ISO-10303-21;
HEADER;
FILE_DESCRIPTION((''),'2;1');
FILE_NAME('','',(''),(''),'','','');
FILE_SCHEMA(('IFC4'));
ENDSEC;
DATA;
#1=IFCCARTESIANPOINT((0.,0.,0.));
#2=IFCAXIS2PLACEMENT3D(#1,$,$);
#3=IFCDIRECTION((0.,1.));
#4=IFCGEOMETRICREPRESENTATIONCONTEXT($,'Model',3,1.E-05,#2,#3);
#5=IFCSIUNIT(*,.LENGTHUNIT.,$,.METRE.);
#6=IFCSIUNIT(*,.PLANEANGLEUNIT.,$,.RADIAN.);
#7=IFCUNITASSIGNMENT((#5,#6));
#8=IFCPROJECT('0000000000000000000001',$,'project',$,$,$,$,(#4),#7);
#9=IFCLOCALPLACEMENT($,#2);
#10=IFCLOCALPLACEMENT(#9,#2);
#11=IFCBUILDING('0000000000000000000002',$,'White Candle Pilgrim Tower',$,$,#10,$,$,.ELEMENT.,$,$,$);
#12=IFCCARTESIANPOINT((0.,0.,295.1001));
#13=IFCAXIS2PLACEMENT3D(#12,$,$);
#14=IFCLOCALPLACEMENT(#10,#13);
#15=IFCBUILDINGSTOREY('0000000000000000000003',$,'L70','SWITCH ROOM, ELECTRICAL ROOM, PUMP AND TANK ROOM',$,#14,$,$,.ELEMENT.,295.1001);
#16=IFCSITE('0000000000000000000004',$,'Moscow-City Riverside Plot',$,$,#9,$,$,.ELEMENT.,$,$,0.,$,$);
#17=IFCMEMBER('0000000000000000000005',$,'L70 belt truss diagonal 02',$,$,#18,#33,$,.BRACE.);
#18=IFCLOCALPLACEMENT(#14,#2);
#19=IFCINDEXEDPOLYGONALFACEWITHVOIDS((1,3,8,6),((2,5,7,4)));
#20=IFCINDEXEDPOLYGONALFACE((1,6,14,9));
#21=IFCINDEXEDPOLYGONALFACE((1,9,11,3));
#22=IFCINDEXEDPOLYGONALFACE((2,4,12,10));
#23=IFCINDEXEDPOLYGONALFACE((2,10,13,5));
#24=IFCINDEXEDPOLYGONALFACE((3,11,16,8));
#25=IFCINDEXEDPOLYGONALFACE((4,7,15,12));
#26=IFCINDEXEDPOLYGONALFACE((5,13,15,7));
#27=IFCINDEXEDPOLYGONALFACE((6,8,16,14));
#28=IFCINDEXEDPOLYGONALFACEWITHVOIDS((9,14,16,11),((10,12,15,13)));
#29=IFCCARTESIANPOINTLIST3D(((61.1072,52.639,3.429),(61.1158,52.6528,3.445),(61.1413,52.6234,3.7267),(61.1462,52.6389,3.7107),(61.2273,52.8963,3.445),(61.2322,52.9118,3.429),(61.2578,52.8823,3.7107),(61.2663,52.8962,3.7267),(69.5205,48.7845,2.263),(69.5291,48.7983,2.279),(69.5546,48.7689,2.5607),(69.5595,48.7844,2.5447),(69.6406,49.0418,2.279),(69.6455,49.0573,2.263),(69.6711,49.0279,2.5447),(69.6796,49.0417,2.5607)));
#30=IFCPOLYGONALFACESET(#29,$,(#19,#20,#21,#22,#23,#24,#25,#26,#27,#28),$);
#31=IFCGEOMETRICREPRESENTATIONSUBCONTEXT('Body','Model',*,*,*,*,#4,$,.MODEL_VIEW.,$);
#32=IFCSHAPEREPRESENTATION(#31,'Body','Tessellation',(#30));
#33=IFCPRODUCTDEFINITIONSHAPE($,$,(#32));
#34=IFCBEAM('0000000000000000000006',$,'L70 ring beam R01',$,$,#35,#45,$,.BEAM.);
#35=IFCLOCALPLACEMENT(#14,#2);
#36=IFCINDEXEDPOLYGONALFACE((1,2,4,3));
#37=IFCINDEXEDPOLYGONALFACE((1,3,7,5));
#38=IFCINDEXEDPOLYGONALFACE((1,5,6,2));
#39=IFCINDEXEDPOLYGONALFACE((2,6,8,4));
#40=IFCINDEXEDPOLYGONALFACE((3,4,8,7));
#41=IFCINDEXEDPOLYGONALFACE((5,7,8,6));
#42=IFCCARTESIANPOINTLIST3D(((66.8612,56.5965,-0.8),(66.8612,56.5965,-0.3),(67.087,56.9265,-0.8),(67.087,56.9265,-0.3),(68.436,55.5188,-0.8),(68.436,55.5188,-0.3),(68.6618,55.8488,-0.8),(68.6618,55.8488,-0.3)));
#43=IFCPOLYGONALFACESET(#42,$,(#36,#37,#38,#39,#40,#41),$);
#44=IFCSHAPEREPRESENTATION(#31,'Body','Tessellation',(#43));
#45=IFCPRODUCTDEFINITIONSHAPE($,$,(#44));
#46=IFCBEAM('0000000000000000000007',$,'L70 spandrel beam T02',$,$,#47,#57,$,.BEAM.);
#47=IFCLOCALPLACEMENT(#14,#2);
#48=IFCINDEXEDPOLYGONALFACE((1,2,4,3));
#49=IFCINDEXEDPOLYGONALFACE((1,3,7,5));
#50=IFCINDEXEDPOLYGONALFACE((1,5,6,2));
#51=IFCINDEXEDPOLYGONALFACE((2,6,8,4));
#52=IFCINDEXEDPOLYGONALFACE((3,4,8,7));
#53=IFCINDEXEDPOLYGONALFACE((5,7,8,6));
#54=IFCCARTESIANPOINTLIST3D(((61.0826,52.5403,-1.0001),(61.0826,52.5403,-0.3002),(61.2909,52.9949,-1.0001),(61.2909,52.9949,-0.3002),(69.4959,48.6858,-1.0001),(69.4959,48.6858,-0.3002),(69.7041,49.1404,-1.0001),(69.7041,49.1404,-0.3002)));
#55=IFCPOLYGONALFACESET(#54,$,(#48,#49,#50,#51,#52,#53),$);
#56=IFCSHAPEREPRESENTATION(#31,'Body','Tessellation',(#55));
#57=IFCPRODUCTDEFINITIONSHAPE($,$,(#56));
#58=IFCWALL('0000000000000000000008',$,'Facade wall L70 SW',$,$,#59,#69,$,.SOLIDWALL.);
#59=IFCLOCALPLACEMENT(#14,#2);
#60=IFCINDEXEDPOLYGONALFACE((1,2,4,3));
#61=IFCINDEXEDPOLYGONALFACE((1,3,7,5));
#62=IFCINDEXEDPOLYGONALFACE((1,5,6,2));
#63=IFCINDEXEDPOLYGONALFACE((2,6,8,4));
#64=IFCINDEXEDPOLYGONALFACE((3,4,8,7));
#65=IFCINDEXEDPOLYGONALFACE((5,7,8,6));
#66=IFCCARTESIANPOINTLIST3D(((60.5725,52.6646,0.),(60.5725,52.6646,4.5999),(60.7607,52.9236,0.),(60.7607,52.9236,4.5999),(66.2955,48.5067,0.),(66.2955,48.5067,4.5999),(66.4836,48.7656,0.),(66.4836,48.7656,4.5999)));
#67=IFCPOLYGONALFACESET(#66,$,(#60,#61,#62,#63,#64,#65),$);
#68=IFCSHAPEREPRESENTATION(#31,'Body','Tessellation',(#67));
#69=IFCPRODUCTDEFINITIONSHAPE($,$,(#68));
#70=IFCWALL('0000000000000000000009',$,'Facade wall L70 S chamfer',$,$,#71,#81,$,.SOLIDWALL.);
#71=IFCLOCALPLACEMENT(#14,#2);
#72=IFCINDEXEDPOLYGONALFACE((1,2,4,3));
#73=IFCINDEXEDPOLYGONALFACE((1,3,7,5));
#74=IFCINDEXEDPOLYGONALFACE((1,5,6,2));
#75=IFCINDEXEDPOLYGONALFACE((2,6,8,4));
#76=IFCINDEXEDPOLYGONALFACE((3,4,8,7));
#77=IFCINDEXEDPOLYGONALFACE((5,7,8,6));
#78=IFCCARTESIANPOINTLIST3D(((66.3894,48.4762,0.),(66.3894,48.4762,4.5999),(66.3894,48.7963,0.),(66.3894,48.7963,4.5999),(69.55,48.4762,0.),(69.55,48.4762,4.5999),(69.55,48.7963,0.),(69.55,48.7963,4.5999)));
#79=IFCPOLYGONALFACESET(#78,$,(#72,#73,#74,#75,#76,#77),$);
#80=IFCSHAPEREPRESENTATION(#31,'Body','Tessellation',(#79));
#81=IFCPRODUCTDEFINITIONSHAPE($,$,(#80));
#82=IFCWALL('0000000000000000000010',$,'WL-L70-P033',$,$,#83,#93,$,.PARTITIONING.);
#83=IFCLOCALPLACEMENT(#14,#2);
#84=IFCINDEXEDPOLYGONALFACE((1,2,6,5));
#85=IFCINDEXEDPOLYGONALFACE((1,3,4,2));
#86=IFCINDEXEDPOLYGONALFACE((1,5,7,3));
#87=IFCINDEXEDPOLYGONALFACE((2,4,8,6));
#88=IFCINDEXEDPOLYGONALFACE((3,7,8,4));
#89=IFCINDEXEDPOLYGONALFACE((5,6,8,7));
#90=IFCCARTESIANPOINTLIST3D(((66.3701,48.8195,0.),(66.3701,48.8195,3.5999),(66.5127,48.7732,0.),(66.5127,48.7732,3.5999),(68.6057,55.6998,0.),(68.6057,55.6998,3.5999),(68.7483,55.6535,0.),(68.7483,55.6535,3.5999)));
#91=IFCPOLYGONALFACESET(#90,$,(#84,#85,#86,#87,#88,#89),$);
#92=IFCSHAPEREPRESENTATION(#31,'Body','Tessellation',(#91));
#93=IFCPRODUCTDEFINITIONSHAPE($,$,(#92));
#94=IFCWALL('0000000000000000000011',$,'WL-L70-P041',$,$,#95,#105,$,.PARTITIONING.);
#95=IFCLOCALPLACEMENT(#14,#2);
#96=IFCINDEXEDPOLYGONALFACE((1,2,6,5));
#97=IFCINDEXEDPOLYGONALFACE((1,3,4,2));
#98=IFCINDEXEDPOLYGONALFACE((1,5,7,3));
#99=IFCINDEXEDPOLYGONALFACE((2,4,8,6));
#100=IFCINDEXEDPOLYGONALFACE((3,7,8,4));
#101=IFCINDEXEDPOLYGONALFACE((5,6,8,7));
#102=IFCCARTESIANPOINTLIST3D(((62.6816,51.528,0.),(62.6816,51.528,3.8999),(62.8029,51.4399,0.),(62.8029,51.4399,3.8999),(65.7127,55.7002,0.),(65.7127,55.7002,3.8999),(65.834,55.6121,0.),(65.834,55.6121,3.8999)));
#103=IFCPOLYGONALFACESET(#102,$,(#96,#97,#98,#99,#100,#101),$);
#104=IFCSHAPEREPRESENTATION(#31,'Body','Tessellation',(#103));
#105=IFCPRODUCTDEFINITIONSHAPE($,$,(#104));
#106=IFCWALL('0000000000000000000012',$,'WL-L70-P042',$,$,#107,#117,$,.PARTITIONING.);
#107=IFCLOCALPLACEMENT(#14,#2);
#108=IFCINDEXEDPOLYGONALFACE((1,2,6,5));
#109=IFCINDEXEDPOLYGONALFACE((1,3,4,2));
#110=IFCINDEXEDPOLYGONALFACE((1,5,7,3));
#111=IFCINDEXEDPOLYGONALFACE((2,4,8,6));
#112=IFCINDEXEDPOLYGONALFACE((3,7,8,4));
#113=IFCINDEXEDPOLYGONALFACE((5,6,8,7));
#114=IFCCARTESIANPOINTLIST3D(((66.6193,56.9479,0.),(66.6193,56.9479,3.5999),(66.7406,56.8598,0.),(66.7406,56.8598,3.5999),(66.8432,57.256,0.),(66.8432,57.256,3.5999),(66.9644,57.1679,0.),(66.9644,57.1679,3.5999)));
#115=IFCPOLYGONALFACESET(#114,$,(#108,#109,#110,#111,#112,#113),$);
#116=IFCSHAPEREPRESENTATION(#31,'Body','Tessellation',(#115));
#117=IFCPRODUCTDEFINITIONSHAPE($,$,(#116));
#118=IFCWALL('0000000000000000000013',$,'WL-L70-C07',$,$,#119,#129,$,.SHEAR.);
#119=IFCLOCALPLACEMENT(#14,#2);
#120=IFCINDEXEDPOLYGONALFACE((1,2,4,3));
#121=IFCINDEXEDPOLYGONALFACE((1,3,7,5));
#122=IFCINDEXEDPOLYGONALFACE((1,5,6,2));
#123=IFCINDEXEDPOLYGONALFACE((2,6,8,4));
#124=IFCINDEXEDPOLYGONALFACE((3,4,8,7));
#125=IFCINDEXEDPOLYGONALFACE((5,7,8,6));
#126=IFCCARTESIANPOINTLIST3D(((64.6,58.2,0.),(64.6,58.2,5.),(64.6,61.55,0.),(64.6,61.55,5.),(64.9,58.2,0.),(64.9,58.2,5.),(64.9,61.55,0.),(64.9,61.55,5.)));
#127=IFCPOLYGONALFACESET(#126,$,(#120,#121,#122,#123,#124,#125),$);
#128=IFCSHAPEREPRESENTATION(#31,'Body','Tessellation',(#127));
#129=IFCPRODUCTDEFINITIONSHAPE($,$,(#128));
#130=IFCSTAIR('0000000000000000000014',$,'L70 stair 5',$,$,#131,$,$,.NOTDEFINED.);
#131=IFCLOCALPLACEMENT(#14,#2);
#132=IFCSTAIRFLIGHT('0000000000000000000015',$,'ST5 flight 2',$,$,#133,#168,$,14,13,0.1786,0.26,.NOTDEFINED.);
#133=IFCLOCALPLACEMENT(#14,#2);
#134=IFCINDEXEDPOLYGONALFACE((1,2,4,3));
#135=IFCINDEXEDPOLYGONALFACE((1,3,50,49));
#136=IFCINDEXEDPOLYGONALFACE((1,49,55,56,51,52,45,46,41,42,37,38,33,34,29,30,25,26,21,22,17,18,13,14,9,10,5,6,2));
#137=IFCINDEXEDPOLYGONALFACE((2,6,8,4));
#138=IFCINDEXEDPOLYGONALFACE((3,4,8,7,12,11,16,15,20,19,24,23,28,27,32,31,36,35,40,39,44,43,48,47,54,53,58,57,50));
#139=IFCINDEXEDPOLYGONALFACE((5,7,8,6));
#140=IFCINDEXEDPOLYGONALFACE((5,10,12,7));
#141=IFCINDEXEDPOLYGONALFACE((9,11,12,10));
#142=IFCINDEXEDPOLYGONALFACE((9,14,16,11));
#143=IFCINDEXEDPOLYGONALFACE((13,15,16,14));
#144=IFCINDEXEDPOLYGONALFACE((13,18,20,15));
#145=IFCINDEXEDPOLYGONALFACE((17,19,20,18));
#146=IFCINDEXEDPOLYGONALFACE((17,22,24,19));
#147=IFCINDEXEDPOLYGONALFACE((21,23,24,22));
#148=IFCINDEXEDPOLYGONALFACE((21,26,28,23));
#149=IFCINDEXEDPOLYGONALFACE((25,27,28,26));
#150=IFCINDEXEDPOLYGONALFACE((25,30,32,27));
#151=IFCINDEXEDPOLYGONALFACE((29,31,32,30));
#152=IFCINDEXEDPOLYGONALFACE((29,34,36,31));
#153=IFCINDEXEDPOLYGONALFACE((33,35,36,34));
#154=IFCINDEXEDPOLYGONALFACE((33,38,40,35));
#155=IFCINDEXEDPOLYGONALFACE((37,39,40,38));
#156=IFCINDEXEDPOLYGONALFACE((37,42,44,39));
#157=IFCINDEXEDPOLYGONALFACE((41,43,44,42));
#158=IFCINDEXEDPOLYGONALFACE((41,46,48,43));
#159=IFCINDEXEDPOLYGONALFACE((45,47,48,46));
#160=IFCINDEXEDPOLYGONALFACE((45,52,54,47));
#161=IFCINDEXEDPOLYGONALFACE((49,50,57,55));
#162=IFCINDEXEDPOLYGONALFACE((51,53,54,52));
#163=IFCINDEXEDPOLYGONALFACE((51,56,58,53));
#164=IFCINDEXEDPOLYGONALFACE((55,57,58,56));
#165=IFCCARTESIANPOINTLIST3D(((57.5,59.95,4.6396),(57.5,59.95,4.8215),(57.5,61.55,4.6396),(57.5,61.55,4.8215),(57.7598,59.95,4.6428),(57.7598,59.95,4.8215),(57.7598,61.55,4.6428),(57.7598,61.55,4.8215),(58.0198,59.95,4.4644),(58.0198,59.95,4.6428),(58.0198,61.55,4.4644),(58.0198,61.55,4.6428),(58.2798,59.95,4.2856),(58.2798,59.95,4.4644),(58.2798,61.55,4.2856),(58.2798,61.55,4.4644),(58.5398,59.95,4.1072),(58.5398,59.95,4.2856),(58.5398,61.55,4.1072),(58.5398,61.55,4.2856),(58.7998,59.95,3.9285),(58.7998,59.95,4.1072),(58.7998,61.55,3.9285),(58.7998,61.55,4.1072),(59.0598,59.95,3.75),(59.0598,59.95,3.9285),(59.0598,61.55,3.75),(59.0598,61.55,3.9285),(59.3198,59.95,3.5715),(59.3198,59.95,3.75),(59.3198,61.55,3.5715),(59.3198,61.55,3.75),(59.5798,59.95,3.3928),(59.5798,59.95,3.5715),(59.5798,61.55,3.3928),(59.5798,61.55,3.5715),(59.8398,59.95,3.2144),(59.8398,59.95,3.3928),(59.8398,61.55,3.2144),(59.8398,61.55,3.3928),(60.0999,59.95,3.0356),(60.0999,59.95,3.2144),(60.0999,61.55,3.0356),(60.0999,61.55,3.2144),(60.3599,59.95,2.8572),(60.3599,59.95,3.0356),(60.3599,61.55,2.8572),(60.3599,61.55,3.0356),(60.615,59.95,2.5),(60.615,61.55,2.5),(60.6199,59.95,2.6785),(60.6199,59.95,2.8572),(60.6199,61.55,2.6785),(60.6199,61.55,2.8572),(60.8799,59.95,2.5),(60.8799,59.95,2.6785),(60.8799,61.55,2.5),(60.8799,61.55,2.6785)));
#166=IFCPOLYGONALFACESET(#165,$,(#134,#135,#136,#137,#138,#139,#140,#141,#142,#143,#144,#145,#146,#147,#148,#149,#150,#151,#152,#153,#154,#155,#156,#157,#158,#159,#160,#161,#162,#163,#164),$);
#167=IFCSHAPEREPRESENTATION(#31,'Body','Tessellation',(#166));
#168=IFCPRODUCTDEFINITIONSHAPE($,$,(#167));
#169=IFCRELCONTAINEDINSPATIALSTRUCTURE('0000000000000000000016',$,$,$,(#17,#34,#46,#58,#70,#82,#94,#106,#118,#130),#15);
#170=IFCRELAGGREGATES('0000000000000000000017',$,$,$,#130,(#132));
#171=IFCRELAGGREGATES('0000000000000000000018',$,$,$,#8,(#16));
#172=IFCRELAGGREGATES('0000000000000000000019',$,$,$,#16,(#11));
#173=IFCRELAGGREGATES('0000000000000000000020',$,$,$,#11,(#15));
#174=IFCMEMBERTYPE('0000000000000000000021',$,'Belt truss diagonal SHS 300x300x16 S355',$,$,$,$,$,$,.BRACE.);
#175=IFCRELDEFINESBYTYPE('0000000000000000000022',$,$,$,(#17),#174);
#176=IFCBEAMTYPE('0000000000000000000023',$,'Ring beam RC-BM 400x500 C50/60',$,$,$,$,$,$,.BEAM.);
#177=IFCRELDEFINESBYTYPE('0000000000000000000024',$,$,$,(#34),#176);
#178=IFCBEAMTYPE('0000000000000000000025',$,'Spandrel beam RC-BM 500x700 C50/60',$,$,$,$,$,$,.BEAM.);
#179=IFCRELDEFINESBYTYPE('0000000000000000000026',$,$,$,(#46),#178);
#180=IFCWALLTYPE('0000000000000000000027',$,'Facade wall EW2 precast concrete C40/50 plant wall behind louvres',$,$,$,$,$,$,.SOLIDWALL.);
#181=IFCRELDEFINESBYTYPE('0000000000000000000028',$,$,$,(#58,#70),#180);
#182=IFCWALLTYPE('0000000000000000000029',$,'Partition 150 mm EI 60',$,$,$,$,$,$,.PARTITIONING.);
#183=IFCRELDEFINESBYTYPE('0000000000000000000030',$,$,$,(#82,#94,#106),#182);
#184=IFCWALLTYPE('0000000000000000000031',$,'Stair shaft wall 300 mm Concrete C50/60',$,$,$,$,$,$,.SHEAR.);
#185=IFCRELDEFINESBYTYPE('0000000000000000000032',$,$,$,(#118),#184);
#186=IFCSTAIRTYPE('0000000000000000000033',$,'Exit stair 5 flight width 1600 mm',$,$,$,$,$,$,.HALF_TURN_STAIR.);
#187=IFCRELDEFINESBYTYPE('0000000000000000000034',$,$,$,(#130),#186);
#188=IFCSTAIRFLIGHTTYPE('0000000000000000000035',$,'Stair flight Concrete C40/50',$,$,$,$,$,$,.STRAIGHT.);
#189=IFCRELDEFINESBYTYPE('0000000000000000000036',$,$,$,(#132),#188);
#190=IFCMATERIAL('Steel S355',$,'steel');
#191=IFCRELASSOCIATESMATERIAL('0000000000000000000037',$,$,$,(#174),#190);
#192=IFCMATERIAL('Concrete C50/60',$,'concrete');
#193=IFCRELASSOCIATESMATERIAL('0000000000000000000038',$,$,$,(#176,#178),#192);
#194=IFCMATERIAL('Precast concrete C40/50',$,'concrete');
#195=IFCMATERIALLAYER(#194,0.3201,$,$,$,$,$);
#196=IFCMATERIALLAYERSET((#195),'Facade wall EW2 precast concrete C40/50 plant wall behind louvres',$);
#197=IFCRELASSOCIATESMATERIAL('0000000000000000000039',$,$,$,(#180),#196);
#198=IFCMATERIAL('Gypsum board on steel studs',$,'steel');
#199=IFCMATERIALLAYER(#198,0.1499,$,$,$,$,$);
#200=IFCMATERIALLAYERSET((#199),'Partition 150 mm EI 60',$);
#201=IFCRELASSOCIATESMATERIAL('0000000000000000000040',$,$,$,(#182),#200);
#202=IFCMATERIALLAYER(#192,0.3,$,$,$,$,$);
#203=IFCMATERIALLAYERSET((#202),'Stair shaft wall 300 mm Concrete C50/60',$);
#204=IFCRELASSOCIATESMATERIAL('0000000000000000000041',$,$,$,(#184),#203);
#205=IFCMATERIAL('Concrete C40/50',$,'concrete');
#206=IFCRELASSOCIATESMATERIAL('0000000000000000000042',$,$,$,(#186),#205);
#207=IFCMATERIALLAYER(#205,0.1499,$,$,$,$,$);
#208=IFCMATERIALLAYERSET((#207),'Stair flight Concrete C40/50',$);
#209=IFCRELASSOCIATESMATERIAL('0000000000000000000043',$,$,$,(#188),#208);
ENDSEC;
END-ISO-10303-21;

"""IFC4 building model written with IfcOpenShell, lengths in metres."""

from ifc_helpers import new_model, si_unit, direction, frame, frame_2d, origin, origin_2d, place, context, subcontext, project, spatial, polyline, rectangle, hollow_rectangle, outline, extrude, material, layer, layer_set, material_profile, profile_set, type_object, element, aggregate, save


model = new_model("IFC4")

# Units and contexts
model_context = context("Model", 3, precision=1e-05, world=origin(), true_north=direction((0.0, 1.0)))
body_context = subcontext(model_context, "Body", "Model", "MODEL_VIEW")
ifc_project = project(units=[si_unit("LENGTHUNIT", "METRE"), si_unit("PLANEANGLEUNIT", "RADIAN")], contexts=[model_context])

# Site, building, storey
site_placement = place(None, origin())
site = spatial("IfcSite", under=ifc_project, at=site_placement, Name="Moscow-City Riverside Plot", CompositionType="ELEMENT", RefElevation=0.0)
building_placement = place(site_placement, origin())
building = spatial("IfcBuilding", under=site, at=building_placement, Name="White Candle Pilgrim Tower", CompositionType="ELEMENT")
storey_placement = place(building_placement, frame((0.0, 0.0, 295.1001)))
storey = spatial("IfcBuildingStorey", under=building, at=storey_placement, Name="L70", Description="SWITCH ROOM, ELECTRICAL ROOM, PUMP AND TANK ROOM", CompositionType="ELEMENT", Elevation=295.1001)

# Member
ifc_material_1 = material(Name="Steel S355", Category="steel")
ifc_material_profile_1 = material_profile(ifc_material_1, hollow_rectangle(XDim=0.3, YDim=0.3, WallThickness=0.0161, at=origin_2d()), Name="SHS 300x300x16")
ifc_profile_set_1 = profile_set([ifc_material_profile_1], Name="Steel S355")
member_type_1 = type_object("IfcMemberType", Name="Belt truss diagonal SHS 300x300x16 S355", PredefinedType="BRACE", material=ifc_profile_set_1)
member_1_placement = place(storey_placement, frame((61.1868, 52.7676, 3.5779), z_axis=(0.901999, -0.413243, -0.125009), x_axis=(0.41651, 0.909131, 0.0)))
element("IfcMember", 1, at=member_1_placement, inside=storey, type_object=member_type_1, Name="L70 belt truss diagonal 02", PredefinedType="BRACE", context=body_context, shape_type="SweptSolid", body=[
    extrude(hollow_rectangle(XDim=0.3, YDim=0.3, WallThickness=0.0161, at=origin_2d()), origin(), (0.0, 0.0, 1.0), 9.3274),
])

# Beams
ifc_material_2 = material(Name="Concrete C50/60", Category="concrete")
ifc_material_profile_2 = material_profile(ifc_material_2, rectangle(XDim=0.3999, YDim=0.5, at=origin_2d()), Name="RC-BM 400x500")
ifc_profile_set_2 = profile_set([ifc_material_profile_2], Name="Concrete C50/60")
beam_type_1 = type_object("IfcBeamType", Name="Ring beam RC-BM 400x500 C50/60", PredefinedType="BEAM", material=ifc_profile_set_2)
beam_1_placement = place(storey_placement, frame((66.9741, 56.7615, -0.55), z_axis=(0.825257, -0.564757, 0.0), x_axis=(0.564757, 0.825257, 0.0)))
element("IfcBeam", 2, at=beam_1_placement, inside=storey, type_object=beam_type_1, Name="L70 ring beam R01", PredefinedType="BEAM", context=body_context, shape_type="SweptSolid", body=[
    extrude(rectangle(XDim=0.3999, YDim=0.5, at=origin_2d()), origin(), (0.0, 0.0, 1.0), 1.9082),
])
ifc_material_profile_3 = material_profile(ifc_material_2, rectangle(XDim=0.5, YDim=0.7, at=origin_2d()), Name="RC-BM 500x700")
ifc_profile_set_3 = profile_set([ifc_material_profile_3], Name="Concrete C50/60")
beam_type_2 = type_object("IfcBeamType", Name="Spandrel beam RC-BM 500x700 C50/60", PredefinedType="BEAM", material=ifc_profile_set_3)
beam_2_placement = place(storey_placement, frame((61.1868, 52.7676, -0.6501), z_axis=(0.909131, -0.41651, 0.0), x_axis=(0.41651, 0.909131, 0.0)))
element("IfcBeam", 3, at=beam_2_placement, inside=storey, type_object=beam_type_2, Name="L70 spandrel beam T02", PredefinedType="BEAM", context=body_context, shape_type="SweptSolid", body=[
    extrude(rectangle(XDim=0.5, YDim=0.7, at=origin_2d()), origin(), (0.0, 0.0, 1.0), 9.2542),
])

# Walls
ifc_material_3 = material(Name="Precast concrete C40/50", Category="concrete")
ifc_layer_1 = layer(ifc_material_3, 0.3201)
ifc_layer_set_1 = layer_set([ifc_layer_1], Name="Facade wall EW2 precast concrete C40/50 plant wall behind louvres")
wall_type_1 = type_object("IfcWallType", Name="Facade wall EW2 precast concrete C40/50 plant wall behind louvres", PredefinedType="SOLIDWALL", material=ifc_layer_set_1)
wall_1_placement = place(storey_placement, frame((60.6665, 52.7942, 0.0), z_axis=(0.0, 0.0, 1.0), x_axis=(0.809015, -0.587788, 0.0)))
element("IfcWall", 4, at=wall_1_placement, inside=storey, type_object=wall_type_1, Name="Facade wall L70 SW", PredefinedType="SOLIDWALL", context=body_context, shape_type="SweptSolid", body=[
    extrude(rectangle(XDim=7.074, YDim=0.3201, at=frame_2d((3.5371, 0.0))), origin(), (0.0, 0.0, 1.0), 4.5999),
])
wall_2_placement = place(storey_placement, frame((66.3894, 48.6362, 0.0), z_axis=(0.0, 0.0, 1.0), x_axis=(1.0, 0.0, 0.0)))
element("IfcWall", 5, at=wall_2_placement, inside=storey, type_object=wall_type_1, Name="Facade wall L70 S chamfer", PredefinedType="SOLIDWALL", context=body_context, shape_type="SweptSolid", body=[
    extrude(rectangle(XDim=3.1606, YDim=0.3201, at=frame_2d((1.5803, 0.0))), origin(), (0.0, 0.0, 1.0), 4.5999),
])
ifc_material_4 = material(Name="Gypsum board on steel studs", Category="steel")
ifc_layer_2 = layer(ifc_material_4, 0.1499)
ifc_layer_set_2 = layer_set([ifc_layer_2], Name="Partition 150 mm EI 60")
wall_type_2 = type_object("IfcWallType", Name="Partition 150 mm EI 60", PredefinedType="PARTITIONING", material=ifc_layer_set_2)
wall_3_placement = place(storey_placement, frame((66.4414, 48.7964, 0.0), z_axis=(0.0, 0.0, 1.0), x_axis=(0.30902, 0.951055, 0.0)))
element("IfcWall", 6, at=wall_3_placement, inside=storey, type_object=wall_type_2, Name="WL-L70-P033", PredefinedType="PARTITIONING", context=body_context, shape_type="SweptSolid", body=[
    extrude(rectangle(XDim=7.2344, YDim=0.1499, at=frame_2d((3.6172, 0.0))), origin(), (0.0, 0.0, 1.0), 3.5999),
])
wall_4_placement = place(storey_placement, frame((62.7422, 51.4839, 0.0), z_axis=(0.0, 0.0, 1.0), x_axis=(0.587758, 0.809037, 0.0)))
element("IfcWall", 7, at=wall_4_placement, inside=storey, type_object=wall_type_2, Name="WL-L70-P041", PredefinedType="PARTITIONING", context=body_context, shape_type="SweptSolid", body=[
    extrude(rectangle(XDim=5.157, YDim=0.1499, at=frame_2d((2.5786, 0.0))), origin(), (0.0, 0.0, 1.0), 3.8999),
])
wall_5_placement = place(storey_placement, frame((66.6799, 56.9038, 0.0), z_axis=(0.0, 0.0, 1.0), x_axis=(0.587829, 0.808985, 0.0)))
element("IfcWall", 8, at=wall_5_placement, inside=storey, type_object=wall_type_2, Name="WL-L70-P042", PredefinedType="PARTITIONING", context=body_context, shape_type="SweptSolid", body=[
    extrude(rectangle(XDim=0.3809, YDim=0.1499, at=frame_2d((0.1904, 0.0))), origin(), (0.0, 0.0, 1.0), 3.5999),
])
ifc_layer_3 = layer(ifc_material_2, 0.3)
ifc_layer_set_3 = layer_set([ifc_layer_3], Name="Stair shaft wall 300 mm Concrete C50/60")
wall_type_3 = type_object("IfcWallType", Name="Stair shaft wall 300 mm Concrete C50/60", PredefinedType="SHEAR", material=ifc_layer_set_3)
wall_6_placement = place(storey_placement, frame((64.75, 58.2, 0.0), z_axis=(0.0, 0.0, 1.0), x_axis=(0.0, 1.0, 0.0)))
element("IfcWall", 9, at=wall_6_placement, inside=storey, type_object=wall_type_3, Name="WL-L70-C07", PredefinedType="SHEAR", context=body_context, shape_type="SweptSolid", body=[
    extrude(rectangle(XDim=3.3501, YDim=0.3, at=frame_2d((1.675, 0.0))), origin(), (0.0, 0.0, 1.0), 5.0),
])

# Stair, stair flight
ifc_material_5 = material(Name="Concrete C40/50", Category="concrete")
stair_type = type_object("IfcStairType", Name="Exit stair 5 flight width 1600 mm", PredefinedType="HALF_TURN_STAIR", material=ifc_material_5)
stair_placement = place(storey_placement, origin())
stair = element("IfcStair", 10, at=stair_placement, inside=storey, type_object=stair_type, Name="L70 stair 5", PredefinedType="NOTDEFINED")
ifc_layer_4 = layer(ifc_material_5, 0.1499)
ifc_layer_set_4 = layer_set([ifc_layer_4], Name="Stair flight Concrete C40/50")
stair_flight_type = type_object("IfcStairFlightType", Name="Stair flight Concrete C40/50", PredefinedType="STRAIGHT", material=ifc_layer_set_4)
stair_flight_placement = place(storey_placement, frame((60.8799, 60.75, 2.5), z_axis=(0.0, 0.0, 1.0), x_axis=(-1.0, 0.0, 0.0)))
stair_flight = element("IfcStairFlight", 11, at=stair_flight_placement, type_object=stair_flight_type, Name="ST5 flight 2", NumberOfRisers=14, NumberOfTreads=13, PredefinedType="NOTDEFINED", RiserHeight=0.1786, TreadLength=0.26, context=body_context, shape_type="SweptSolid", body=[
    extrude(outline(polyline([(0.0, 0.0), (0.0, 0.1785), (0.26, 0.1785), (0.26, 0.3572), (0.52, 0.3572), (0.52, 0.5356), (0.78, 0.5356), (0.78, 0.7144), (1.04, 0.7144), (1.04, 0.8928), (1.3, 0.8928), (1.3, 1.0715), (1.5601, 1.0715), (1.5601, 1.25), (1.8201, 1.25), (1.8201, 1.4285), (2.0801, 1.4285), (2.0801, 1.6072), (2.3401, 1.6072), (2.3401, 1.7856), (2.6001, 1.7856), (2.6001, 1.9644), (2.8601, 1.9644), (2.8601, 2.1428), (3.1201, 2.1428), (3.1201, 2.3215), (3.3799, 2.3215), (3.3799, 2.5), (3.3799, 2.1396), (0.2649, 0.0), (0.0, 0.0)])), frame((0.0, 0.8, 0.0), z_axis=(0.0, -1.0, 0.0), x_axis=(1.0, 0.0, 0.0)), (0.0, 0.0, 1.0), 1.6001),
])
aggregate(stair, [stair_flight])

save(model, "model.ifc")
